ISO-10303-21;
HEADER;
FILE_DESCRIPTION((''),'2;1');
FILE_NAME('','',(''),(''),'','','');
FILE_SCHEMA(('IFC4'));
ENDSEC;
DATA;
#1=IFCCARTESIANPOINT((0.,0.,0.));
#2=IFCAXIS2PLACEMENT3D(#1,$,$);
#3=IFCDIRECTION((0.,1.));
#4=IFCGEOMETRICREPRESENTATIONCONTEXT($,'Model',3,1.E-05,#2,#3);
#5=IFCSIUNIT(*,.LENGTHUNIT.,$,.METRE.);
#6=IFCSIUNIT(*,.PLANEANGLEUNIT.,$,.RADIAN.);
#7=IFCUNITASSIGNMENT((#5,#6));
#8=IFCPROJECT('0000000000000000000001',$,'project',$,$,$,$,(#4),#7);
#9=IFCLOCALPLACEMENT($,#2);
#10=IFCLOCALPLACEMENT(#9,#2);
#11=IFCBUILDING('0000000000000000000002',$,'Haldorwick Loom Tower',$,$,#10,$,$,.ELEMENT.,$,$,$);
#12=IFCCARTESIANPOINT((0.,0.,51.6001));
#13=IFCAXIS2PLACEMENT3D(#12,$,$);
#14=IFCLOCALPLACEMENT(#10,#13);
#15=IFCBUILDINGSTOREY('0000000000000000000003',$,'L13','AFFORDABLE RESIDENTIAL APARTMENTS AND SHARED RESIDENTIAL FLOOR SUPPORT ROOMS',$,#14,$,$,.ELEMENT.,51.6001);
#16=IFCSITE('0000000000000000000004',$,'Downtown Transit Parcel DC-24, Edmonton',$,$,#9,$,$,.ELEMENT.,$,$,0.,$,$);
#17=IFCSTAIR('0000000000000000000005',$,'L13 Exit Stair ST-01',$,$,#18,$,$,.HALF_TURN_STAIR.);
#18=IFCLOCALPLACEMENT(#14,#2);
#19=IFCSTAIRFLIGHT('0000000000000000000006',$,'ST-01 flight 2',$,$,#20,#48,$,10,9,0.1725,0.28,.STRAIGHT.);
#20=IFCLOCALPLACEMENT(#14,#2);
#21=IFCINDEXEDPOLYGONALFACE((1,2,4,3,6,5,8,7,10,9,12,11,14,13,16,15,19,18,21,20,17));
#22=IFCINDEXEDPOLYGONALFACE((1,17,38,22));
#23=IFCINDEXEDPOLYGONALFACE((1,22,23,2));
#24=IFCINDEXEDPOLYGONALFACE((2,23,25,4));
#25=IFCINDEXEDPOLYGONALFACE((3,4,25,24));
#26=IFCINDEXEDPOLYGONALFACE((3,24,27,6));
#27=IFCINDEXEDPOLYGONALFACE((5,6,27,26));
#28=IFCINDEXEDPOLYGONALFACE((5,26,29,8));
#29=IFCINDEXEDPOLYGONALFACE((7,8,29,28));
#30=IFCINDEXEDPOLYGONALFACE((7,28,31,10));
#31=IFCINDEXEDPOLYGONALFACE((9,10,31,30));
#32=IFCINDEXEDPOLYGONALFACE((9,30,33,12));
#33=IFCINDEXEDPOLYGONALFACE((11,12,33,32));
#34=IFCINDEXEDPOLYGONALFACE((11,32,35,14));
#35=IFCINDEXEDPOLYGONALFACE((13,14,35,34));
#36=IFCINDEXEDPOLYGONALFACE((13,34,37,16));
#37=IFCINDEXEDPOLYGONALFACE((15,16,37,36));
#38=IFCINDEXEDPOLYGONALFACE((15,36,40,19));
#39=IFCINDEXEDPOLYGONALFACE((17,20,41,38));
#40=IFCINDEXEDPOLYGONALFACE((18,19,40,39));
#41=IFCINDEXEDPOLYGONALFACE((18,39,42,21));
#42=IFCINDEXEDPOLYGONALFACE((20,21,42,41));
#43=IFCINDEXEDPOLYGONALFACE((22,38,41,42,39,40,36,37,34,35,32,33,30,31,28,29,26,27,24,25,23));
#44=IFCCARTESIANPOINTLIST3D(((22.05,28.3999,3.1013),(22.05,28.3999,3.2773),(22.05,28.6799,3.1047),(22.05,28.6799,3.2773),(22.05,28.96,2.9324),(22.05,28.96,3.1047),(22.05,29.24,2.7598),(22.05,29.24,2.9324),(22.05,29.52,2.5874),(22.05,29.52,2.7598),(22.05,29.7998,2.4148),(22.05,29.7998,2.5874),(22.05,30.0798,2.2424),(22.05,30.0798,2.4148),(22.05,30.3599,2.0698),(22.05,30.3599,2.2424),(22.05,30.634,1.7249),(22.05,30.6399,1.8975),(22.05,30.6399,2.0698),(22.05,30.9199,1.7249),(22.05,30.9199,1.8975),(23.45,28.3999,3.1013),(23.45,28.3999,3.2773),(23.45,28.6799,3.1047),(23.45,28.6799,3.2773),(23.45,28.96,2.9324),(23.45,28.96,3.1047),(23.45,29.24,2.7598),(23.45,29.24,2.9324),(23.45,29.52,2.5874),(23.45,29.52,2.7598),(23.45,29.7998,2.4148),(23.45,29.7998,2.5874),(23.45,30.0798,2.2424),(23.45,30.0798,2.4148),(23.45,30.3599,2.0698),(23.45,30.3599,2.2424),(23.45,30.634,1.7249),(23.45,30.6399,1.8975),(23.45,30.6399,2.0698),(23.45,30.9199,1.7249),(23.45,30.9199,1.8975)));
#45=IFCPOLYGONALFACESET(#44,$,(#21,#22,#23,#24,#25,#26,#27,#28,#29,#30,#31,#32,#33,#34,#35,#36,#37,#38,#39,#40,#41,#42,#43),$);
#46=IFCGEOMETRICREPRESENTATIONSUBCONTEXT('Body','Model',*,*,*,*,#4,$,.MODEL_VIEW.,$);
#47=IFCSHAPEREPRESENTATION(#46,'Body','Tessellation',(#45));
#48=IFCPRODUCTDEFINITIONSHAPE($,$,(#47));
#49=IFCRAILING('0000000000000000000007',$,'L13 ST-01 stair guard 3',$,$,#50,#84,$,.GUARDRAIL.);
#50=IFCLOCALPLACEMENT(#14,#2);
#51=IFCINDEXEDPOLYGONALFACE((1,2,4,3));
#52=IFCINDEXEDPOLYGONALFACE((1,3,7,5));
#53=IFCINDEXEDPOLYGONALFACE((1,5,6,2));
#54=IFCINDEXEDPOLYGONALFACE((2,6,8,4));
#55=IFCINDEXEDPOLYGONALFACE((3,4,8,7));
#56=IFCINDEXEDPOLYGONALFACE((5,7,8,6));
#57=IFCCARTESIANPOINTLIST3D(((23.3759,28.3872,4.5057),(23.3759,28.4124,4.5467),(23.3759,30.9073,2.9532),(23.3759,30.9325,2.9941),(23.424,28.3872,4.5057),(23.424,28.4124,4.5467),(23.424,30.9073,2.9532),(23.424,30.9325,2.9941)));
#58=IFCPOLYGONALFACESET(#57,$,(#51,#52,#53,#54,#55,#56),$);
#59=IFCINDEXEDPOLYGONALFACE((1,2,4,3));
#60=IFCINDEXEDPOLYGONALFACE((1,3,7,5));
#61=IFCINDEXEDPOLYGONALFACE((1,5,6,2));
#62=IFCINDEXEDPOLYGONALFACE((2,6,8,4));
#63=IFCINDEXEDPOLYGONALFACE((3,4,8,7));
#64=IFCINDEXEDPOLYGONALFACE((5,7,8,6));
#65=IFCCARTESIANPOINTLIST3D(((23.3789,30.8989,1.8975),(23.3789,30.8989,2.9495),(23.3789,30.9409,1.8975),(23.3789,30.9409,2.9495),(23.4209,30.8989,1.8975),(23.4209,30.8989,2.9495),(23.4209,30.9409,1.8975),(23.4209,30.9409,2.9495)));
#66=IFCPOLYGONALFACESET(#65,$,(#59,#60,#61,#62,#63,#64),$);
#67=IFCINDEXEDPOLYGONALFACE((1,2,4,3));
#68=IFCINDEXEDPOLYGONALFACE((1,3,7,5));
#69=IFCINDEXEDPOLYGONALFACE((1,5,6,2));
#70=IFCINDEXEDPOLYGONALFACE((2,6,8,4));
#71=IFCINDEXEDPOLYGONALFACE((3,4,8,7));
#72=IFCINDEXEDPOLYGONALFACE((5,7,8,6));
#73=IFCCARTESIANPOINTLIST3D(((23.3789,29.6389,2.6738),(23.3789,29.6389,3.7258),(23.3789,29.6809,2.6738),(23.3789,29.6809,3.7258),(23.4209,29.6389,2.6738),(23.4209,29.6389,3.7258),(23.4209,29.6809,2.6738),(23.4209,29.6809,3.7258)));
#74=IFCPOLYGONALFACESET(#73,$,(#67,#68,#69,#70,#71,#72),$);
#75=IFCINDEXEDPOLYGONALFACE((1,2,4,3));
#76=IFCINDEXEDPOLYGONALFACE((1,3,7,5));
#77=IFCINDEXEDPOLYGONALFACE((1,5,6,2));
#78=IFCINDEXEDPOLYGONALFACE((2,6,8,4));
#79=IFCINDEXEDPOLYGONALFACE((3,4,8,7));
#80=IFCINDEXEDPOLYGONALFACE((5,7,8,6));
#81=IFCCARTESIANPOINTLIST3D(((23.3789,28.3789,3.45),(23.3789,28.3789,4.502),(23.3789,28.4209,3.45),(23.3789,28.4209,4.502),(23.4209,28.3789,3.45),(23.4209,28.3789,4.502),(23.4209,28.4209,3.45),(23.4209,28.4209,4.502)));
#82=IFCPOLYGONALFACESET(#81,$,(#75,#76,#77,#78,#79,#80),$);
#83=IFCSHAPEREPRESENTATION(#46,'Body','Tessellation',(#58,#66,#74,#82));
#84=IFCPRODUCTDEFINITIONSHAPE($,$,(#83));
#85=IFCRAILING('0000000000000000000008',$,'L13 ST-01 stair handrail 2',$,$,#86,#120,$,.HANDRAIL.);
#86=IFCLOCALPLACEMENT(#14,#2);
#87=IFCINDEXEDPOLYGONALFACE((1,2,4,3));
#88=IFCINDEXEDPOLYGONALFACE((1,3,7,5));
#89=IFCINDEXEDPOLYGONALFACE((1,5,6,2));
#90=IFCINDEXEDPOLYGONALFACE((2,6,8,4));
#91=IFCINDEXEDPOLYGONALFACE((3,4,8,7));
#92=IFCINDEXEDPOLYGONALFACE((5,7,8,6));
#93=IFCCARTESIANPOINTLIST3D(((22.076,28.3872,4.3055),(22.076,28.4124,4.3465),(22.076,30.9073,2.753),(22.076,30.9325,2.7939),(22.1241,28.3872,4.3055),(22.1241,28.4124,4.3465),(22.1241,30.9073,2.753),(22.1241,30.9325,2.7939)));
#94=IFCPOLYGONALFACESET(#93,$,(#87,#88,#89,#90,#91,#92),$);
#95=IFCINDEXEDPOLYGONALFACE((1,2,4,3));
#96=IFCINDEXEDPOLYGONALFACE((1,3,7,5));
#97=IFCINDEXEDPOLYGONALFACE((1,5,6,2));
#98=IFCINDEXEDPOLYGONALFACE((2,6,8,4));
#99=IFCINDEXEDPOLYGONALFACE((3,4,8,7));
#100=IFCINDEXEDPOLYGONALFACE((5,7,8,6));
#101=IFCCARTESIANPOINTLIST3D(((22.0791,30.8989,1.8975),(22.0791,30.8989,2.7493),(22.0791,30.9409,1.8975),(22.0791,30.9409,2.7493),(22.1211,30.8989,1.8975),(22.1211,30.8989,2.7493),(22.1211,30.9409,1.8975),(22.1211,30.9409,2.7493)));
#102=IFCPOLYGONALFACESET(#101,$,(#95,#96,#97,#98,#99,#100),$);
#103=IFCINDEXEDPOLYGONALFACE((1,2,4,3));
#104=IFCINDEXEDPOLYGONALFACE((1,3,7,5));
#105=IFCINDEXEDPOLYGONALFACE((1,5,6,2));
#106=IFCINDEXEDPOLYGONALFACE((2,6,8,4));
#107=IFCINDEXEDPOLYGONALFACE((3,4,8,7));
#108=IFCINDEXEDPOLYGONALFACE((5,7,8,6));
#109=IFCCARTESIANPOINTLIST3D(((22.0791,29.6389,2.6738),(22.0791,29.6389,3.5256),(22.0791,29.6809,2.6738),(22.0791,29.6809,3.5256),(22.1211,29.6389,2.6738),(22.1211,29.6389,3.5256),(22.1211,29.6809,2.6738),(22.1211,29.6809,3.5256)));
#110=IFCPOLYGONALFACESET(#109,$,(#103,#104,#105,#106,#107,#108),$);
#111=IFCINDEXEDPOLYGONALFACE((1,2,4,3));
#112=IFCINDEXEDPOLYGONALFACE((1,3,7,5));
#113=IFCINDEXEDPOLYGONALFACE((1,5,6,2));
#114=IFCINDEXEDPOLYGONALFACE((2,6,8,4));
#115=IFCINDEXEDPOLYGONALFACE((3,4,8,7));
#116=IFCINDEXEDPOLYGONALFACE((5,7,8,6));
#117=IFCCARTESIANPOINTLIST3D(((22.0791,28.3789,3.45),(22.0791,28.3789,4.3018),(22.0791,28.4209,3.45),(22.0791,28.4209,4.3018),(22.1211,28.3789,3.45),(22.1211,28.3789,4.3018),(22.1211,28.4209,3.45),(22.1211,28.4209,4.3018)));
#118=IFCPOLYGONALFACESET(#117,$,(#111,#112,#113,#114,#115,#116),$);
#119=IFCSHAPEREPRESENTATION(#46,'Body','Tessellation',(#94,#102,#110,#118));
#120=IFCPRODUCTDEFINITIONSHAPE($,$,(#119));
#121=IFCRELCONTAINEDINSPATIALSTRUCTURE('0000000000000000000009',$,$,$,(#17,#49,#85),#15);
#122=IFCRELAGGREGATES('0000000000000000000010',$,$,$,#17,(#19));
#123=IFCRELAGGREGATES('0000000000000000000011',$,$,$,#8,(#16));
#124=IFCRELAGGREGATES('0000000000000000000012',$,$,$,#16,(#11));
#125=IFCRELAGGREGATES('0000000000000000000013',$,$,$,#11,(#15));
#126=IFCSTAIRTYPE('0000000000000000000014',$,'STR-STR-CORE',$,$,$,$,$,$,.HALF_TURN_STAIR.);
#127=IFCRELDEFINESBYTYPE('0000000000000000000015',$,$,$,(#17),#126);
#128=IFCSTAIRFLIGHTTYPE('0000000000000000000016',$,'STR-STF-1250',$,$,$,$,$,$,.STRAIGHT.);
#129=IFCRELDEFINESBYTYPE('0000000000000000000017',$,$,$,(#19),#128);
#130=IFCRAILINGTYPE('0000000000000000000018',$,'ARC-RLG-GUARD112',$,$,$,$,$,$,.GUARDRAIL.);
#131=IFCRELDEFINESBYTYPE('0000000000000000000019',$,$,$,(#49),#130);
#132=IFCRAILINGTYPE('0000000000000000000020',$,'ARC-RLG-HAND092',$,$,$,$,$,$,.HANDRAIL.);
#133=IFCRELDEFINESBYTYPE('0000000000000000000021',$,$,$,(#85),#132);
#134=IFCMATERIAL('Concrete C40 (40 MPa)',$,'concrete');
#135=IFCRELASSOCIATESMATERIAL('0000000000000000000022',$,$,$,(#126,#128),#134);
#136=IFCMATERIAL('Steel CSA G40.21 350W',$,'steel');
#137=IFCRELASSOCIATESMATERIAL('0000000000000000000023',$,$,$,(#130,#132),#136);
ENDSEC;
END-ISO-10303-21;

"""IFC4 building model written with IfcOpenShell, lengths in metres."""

from ifc_helpers import new_model, si_unit, direction, frame, origin, origin_2d, place, context, subcontext, project, spatial, polyline, rectangle, outline, extrude, material, type_object, element, aggregate, save


model = new_model("IFC4")

# Units and contexts
model_context = context("Model", 3, precision=1e-05, world=origin(), true_north=direction((0.0, 1.0)))
body_context = subcontext(model_context, "Body", "Model", "MODEL_VIEW")
ifc_project = project(units=[si_unit("LENGTHUNIT", "METRE"), si_unit("PLANEANGLEUNIT", "RADIAN")], contexts=[model_context])

# Site, building, storey
site_placement = place(None, origin())
site = spatial("IfcSite", under=ifc_project, at=site_placement, Name="Downtown Transit Parcel DC-24, Edmonton", CompositionType="ELEMENT", RefElevation=0.0)
building_placement = place(site_placement, origin())
building = spatial("IfcBuilding", under=site, at=building_placement, Name="Haldorwick Loom Tower", CompositionType="ELEMENT")
storey_placement = place(building_placement, frame((0.0, 0.0, 51.6001)))
storey = spatial("IfcBuildingStorey", under=building, at=storey_placement, Name="L13", Description="AFFORDABLE RESIDENTIAL APARTMENTS AND SHARED RESIDENTIAL FLOOR SUPPORT ROOMS", CompositionType="ELEMENT", Elevation=51.6001)

# Shared definitions
ifc_material_1 = material(Name="Steel CSA G40.21 350W", Category="steel")

# Stair, stair flight
ifc_material_2 = material(Name="Concrete C40 (40 MPa)", Category="concrete")
stair_type = type_object("IfcStairType", Name="STR-STR-CORE", PredefinedType="HALF_TURN_STAIR", material=ifc_material_2)
stair_placement = place(storey_placement, origin())
stair = element("IfcStair", 1, at=stair_placement, inside=storey, type_object=stair_type, Name="L13 Exit Stair ST-01", PredefinedType="HALF_TURN_STAIR")
stair_flight_type = type_object("IfcStairFlightType", Name="STR-STF-1250", PredefinedType="STRAIGHT", material=ifc_material_2)
stair_flight_placement = place(storey_placement, frame((22.75, 30.9199, 1.7249), z_axis=(0.0, 0.0, 1.0), x_axis=(0.0, -1.0, 0.0)))
stair_flight = element("IfcStairFlight", 2, at=stair_flight_placement, type_object=stair_flight_type, Name="ST-01 flight 2", NumberOfRisers=10, NumberOfTreads=9, PredefinedType="STRAIGHT", RiserHeight=0.1725, TreadLength=0.28, context=body_context, shape_type="SweptSolid", body=[
    extrude(outline(polyline([(0.0, 0.0), (0.0, 0.1726), (0.28, 0.1726), (0.28, 0.345), (0.5601, 0.345), (0.5601, 0.5176), (0.8401, 0.5176), (0.8401, 0.6899), (1.1201, 0.6899), (1.1201, 0.8625), (1.3999, 0.8625), (1.3999, 1.0349), (1.6799, 1.0349), (1.6799, 1.2075), (1.96, 1.2075), (1.96, 1.3799), (2.24, 1.3799), (2.24, 1.5525), (2.52, 1.5525), (2.52, 1.7251), (2.52, 1.3765), (0.2859, 0.0), (0.0, 0.0)])), frame((0.0, 0.7, 0.0), z_axis=(0.0, -1.0, 0.0), x_axis=(1.0, 0.0, 0.0)), (0.0, 0.0, 1.0), 1.3999),
])
aggregate(stair, [stair_flight])

# Railings
railing_type_1 = type_object("IfcRailingType", Name="ARC-RLG-GUARD112", PredefinedType="GUARDRAIL", material=ifc_material_1)
railing_1_placement = place(storey_placement, frame((23.3999, 30.9199, 1.8975)))
element("IfcRailing", 3, at=railing_1_placement, inside=storey, type_object=railing_type_1, Name="L13 ST-01 stair guard 3", PredefinedType="GUARDRAIL", context=body_context, shape_type="SweptSolid", body=[
    extrude(rectangle(XDim=0.0481, YDim=0.0481, at=origin_2d()), frame((0.0, 0.0, 1.0762), z_axis=(0.0, -0.8514, 0.524516), x_axis=(1.0, 0.0, 0.0)), (0.0, 0.0, 1.0), 2.96),
    extrude(rectangle(XDim=0.042, YDim=0.042, at=origin_2d()), origin(), (0.0, 0.0, 1.0), 1.052),
    extrude(rectangle(XDim=0.042, YDim=0.042, at=origin_2d()), frame((0.0, -1.26, 0.7764)), (0.0, 0.0, 1.0), 1.052),
    extrude(rectangle(XDim=0.042, YDim=0.042, at=origin_2d()), frame((0.0, -2.52, 1.5525)), (0.0, 0.0, 1.0), 1.052),
])
railing_type_2 = type_object("IfcRailingType", Name="ARC-RLG-HAND092", PredefinedType="HANDRAIL", material=ifc_material_1)
railing_2_placement = place(storey_placement, frame((22.1001, 30.9199, 1.8975)))
element("IfcRailing", 4, at=railing_2_placement, inside=storey, type_object=railing_type_2, Name="L13 ST-01 stair handrail 2", PredefinedType="HANDRAIL", context=body_context, shape_type="SweptSolid", body=[
    extrude(rectangle(XDim=0.0481, YDim=0.0481, at=origin_2d()), frame((0.0, 0.0, 0.876), z_axis=(0.0, -0.8514, 0.524516), x_axis=(1.0, 0.0, 0.0)), (0.0, 0.0, 1.0), 2.96),
    extrude(rectangle(XDim=0.042, YDim=0.042, at=origin_2d()), origin(), (0.0, 0.0, 1.0), 0.8518),
    extrude(rectangle(XDim=0.042, YDim=0.042, at=origin_2d()), frame((0.0, -1.26, 0.7764)), (0.0, 0.0, 1.0), 0.8518),
    extrude(rectangle(XDim=0.042, YDim=0.042, at=origin_2d()), frame((0.0, -2.52, 1.5525)), (0.0, 0.0, 1.0), 0.8518),
])

save(model, "model.ifc")
